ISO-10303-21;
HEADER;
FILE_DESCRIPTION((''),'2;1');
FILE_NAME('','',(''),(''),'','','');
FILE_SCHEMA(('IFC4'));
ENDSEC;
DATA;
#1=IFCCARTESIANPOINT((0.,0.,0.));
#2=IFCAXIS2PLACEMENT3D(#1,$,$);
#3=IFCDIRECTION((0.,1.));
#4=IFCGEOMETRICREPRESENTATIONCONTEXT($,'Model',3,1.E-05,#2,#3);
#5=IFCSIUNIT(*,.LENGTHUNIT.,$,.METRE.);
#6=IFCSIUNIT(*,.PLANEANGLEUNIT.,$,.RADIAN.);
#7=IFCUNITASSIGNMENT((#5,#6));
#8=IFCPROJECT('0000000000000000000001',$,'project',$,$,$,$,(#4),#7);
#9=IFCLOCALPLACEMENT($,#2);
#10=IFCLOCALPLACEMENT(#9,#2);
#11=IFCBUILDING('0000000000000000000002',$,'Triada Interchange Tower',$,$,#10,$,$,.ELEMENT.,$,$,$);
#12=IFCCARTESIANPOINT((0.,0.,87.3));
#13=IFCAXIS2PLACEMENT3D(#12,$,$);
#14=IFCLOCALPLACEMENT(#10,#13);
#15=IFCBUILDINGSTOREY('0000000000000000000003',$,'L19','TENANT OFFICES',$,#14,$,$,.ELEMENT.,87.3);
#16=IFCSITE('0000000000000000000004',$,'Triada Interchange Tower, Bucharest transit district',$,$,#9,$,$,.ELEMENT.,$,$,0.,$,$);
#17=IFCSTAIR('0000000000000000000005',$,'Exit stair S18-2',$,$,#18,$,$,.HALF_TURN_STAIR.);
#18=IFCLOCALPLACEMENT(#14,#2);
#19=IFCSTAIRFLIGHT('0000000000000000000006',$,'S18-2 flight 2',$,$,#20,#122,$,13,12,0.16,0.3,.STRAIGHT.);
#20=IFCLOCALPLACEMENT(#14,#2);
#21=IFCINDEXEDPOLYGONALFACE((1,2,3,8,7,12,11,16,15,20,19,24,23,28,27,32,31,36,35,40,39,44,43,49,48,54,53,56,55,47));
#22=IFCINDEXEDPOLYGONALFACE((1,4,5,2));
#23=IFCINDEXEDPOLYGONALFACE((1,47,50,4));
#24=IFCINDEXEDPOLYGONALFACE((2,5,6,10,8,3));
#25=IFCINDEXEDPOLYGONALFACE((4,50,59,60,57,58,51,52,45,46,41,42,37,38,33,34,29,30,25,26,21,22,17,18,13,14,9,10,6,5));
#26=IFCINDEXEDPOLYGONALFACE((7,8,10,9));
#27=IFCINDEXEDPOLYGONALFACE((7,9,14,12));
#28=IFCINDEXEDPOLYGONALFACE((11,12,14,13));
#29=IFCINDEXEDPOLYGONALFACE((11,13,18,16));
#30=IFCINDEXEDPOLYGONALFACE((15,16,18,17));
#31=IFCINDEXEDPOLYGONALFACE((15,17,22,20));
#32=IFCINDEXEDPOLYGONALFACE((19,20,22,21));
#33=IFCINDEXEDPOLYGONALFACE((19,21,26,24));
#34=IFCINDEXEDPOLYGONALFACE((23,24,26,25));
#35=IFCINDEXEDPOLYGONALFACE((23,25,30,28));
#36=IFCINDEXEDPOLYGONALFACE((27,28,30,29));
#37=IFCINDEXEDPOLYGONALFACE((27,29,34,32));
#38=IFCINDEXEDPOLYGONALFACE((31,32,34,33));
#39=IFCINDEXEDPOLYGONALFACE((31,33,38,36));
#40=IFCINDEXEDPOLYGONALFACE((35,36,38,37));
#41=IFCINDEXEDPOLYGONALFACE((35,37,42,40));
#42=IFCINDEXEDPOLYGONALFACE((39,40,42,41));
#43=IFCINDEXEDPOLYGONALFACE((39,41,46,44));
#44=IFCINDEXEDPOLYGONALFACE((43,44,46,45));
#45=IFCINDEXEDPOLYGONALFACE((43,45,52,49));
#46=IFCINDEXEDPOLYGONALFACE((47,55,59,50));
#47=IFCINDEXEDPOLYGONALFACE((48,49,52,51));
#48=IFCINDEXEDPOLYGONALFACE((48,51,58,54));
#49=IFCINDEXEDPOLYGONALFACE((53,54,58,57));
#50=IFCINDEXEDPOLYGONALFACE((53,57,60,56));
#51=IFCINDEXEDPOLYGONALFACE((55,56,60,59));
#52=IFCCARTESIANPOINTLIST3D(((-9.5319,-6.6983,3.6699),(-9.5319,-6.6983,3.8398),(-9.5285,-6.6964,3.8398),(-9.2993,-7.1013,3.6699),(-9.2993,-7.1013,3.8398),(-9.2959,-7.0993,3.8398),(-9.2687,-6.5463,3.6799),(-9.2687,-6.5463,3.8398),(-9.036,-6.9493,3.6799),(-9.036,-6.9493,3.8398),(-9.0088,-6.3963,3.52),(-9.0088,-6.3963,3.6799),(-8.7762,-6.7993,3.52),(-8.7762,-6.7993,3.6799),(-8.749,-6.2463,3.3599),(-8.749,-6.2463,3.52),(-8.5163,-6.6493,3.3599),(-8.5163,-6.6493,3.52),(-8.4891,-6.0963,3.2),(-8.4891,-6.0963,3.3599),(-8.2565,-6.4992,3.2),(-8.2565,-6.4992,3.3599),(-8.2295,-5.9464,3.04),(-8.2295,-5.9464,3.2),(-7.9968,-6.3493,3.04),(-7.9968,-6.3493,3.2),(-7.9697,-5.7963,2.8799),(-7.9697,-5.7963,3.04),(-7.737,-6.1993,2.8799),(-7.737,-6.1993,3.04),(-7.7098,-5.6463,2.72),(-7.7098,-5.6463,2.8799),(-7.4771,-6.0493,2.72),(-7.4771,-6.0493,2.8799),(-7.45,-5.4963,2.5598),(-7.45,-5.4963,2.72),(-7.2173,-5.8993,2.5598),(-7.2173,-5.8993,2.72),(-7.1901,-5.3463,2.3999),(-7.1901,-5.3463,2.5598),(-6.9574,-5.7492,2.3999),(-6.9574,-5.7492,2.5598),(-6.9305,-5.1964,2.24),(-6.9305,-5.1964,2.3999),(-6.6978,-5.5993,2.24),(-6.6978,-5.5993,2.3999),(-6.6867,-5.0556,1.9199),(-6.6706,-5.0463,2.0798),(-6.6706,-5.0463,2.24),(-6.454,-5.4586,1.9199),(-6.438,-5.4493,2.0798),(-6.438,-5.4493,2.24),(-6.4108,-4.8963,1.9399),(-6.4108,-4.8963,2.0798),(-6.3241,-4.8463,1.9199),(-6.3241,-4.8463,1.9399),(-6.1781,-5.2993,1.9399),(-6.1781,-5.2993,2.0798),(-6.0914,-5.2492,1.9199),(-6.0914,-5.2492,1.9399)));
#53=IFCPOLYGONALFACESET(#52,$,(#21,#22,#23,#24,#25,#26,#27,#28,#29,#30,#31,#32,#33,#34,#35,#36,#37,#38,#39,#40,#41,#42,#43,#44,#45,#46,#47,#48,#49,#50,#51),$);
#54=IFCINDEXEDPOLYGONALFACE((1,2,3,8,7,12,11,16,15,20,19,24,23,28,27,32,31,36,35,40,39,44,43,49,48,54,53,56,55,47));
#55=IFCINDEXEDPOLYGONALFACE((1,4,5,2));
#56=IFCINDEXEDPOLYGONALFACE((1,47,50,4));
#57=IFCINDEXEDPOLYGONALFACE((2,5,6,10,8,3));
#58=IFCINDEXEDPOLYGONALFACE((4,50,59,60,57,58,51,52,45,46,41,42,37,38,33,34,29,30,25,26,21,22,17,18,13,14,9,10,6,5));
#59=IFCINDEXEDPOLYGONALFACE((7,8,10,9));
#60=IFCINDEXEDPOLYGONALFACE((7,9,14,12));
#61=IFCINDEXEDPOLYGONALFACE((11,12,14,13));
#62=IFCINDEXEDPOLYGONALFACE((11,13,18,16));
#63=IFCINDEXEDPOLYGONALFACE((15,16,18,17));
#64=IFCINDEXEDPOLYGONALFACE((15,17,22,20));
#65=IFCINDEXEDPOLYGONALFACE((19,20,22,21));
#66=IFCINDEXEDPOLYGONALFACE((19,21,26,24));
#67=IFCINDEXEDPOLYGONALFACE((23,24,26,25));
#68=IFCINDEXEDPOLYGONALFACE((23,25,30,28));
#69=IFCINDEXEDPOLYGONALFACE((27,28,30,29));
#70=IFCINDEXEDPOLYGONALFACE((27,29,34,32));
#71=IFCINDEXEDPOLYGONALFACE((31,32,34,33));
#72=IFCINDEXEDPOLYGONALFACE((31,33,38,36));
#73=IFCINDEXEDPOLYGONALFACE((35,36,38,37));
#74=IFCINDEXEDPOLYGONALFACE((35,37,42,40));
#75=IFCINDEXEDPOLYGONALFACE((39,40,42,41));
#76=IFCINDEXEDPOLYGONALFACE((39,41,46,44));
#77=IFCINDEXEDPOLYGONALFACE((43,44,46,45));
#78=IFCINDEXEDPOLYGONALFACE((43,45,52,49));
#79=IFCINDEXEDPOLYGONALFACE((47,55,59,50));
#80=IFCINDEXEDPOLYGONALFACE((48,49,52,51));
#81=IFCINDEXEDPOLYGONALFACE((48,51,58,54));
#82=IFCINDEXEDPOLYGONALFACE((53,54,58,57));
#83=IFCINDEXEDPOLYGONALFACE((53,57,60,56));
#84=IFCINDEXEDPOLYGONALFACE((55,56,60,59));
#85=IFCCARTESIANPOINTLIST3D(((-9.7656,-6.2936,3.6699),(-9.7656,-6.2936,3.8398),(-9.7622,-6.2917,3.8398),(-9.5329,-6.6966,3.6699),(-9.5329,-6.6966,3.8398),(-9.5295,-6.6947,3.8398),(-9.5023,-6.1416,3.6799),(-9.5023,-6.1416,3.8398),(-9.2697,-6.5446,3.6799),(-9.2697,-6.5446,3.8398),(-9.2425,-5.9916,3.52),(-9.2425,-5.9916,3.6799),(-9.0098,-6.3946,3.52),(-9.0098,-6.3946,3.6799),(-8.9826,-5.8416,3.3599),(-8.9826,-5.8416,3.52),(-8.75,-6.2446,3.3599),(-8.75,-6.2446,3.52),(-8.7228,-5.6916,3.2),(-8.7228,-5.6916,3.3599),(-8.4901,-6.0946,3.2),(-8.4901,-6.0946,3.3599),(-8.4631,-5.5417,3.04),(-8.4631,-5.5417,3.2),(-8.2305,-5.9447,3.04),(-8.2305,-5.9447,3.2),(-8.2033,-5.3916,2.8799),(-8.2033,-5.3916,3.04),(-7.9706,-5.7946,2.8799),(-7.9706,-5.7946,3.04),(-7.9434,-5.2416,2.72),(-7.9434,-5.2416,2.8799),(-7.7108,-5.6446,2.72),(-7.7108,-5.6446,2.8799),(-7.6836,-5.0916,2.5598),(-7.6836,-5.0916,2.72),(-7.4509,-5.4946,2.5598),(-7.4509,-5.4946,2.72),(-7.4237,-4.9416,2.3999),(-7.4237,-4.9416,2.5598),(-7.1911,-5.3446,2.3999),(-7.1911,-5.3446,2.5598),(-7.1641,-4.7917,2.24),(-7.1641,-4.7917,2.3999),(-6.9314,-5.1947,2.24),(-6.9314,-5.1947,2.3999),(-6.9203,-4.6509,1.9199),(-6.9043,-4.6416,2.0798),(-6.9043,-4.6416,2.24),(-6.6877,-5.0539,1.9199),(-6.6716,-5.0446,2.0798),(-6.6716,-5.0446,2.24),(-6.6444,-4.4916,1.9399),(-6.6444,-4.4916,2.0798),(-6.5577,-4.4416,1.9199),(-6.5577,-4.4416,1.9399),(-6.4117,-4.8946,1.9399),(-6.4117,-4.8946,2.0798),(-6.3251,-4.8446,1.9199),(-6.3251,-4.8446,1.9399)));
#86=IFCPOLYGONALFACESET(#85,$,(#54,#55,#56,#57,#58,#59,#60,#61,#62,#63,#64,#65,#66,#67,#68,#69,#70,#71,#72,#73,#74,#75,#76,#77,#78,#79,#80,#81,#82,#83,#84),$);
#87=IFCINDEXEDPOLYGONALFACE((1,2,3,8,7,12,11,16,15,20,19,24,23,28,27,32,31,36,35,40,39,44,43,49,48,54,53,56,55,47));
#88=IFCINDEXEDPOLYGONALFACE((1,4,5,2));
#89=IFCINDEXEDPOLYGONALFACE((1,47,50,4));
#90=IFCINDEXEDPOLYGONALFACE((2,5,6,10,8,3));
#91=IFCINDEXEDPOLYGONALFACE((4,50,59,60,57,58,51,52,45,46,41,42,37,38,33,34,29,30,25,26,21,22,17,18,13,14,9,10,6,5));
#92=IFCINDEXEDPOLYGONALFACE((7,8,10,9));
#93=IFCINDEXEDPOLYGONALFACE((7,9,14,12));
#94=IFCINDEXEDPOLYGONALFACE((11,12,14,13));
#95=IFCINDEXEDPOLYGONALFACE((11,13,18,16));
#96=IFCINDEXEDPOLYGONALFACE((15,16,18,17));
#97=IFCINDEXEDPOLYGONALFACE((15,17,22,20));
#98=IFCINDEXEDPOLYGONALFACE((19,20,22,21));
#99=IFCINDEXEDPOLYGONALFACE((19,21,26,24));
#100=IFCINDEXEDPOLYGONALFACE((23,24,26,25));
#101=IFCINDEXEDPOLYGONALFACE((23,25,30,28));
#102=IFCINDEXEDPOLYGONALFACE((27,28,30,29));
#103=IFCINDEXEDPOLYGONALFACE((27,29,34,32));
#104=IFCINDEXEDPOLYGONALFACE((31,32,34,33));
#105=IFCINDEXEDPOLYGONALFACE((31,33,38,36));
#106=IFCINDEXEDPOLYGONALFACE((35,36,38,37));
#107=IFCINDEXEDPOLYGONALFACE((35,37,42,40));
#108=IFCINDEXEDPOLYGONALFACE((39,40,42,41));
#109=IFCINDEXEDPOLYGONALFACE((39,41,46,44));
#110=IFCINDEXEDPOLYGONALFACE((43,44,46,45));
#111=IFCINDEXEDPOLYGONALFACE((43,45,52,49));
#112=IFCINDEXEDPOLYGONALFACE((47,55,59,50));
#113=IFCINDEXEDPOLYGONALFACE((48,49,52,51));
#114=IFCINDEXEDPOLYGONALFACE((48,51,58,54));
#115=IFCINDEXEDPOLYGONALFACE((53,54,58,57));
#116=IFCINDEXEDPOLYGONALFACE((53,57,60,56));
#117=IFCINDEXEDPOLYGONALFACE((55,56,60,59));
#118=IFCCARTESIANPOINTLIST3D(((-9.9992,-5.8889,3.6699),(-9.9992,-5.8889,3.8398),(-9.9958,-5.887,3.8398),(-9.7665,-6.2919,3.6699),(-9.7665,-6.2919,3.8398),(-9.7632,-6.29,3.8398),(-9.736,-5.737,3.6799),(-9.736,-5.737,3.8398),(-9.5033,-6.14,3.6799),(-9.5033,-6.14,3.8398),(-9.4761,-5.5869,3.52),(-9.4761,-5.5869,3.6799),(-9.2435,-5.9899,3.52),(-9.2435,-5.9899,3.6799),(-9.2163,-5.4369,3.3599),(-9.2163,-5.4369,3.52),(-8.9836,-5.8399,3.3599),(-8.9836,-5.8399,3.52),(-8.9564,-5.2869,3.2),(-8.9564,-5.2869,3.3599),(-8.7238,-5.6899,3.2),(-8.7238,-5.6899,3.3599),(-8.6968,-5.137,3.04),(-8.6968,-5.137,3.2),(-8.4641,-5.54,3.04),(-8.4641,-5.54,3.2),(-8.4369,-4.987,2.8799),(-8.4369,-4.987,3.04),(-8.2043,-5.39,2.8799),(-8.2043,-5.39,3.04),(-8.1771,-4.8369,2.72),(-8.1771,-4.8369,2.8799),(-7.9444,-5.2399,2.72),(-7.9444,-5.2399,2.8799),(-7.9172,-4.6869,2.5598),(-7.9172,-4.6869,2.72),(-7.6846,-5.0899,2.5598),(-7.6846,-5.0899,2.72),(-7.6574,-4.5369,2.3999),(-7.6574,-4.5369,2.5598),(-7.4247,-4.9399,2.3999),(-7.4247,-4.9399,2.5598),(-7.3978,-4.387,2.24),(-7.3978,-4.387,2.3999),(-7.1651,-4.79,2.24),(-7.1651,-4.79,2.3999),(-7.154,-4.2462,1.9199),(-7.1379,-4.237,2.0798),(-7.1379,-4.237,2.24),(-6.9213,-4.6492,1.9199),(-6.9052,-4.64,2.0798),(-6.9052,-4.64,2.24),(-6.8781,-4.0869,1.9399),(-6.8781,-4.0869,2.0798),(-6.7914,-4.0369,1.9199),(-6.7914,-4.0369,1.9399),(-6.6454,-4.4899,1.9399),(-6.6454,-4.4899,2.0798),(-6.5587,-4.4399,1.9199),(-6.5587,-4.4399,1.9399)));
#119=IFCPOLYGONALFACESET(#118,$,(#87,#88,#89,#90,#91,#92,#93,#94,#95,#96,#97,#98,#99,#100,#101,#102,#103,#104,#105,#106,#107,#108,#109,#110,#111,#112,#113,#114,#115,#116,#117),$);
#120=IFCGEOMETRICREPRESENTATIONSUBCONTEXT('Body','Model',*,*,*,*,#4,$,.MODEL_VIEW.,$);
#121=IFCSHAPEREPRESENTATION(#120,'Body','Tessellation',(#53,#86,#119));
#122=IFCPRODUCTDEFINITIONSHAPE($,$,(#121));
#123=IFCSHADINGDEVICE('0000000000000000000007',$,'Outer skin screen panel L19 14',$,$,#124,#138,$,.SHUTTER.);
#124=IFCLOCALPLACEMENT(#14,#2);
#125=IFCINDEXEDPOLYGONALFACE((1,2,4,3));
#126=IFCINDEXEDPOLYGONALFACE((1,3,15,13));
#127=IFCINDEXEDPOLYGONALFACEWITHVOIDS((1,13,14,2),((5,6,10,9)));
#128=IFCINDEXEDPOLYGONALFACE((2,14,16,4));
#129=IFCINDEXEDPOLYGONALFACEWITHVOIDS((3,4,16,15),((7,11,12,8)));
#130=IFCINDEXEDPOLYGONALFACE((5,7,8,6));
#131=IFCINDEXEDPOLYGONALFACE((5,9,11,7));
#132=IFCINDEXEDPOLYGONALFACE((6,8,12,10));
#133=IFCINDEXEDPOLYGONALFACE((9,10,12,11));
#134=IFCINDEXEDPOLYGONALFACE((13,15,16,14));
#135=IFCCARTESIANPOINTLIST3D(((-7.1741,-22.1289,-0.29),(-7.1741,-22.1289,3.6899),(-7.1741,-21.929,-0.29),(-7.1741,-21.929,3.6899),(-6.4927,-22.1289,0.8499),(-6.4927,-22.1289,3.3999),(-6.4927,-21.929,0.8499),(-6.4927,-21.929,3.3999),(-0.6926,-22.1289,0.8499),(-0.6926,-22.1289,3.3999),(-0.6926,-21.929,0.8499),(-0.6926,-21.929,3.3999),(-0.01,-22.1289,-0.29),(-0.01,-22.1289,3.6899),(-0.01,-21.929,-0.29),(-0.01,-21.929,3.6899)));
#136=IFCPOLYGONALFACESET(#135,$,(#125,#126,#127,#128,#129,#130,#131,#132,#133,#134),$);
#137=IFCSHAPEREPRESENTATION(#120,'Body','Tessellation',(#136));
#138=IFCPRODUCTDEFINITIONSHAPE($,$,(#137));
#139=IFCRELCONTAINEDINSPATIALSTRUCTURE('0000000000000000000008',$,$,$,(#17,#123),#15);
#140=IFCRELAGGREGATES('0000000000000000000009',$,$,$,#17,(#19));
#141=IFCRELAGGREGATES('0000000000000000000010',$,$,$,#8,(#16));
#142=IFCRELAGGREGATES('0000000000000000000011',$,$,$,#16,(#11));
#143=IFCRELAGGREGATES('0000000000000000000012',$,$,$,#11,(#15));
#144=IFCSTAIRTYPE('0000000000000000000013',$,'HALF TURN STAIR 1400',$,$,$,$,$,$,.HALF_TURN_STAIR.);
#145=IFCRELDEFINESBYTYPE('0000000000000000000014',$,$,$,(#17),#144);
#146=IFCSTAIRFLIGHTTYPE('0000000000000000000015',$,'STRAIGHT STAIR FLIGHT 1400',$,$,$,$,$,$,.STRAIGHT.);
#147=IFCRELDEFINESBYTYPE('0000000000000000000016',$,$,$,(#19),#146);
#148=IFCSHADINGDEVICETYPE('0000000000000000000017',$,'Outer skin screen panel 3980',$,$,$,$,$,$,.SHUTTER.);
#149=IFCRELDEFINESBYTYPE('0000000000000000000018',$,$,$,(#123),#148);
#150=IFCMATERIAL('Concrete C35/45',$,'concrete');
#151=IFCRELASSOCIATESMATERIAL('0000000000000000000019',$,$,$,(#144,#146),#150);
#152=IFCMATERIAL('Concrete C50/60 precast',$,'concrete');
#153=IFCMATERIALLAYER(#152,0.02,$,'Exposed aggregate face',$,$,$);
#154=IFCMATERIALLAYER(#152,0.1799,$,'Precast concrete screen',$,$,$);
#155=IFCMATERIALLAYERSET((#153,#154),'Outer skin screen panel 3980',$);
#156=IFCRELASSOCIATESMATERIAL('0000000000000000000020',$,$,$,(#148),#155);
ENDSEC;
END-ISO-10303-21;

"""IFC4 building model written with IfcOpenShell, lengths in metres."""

from ifc_helpers import new_model, si_unit, direction, frame, origin, place, context, subcontext, project, spatial, polyline, outline, extrude, material, layer, layer_set, type_object, element, aggregate, save


model = new_model("IFC4")

# Units and contexts
model_context = context("Model", 3, precision=1e-05, world=origin(), true_north=direction((0.0, 1.0)))
body_context = subcontext(model_context, "Body", "Model", "MODEL_VIEW")
ifc_project = project(units=[si_unit("LENGTHUNIT", "METRE"), si_unit("PLANEANGLEUNIT", "RADIAN")], contexts=[model_context])

# Site, building, storey
site_placement = place(None, origin())
site = spatial("IfcSite", under=ifc_project, at=site_placement, Name="Triada Interchange Tower, Bucharest transit district", CompositionType="ELEMENT", RefElevation=0.0)
building_placement = place(site_placement, origin())
building = spatial("IfcBuilding", under=site, at=building_placement, Name="Triada Interchange Tower", CompositionType="ELEMENT")
storey_placement = place(building_placement, frame((0.0, 0.0, 87.3)))
storey = spatial("IfcBuildingStorey", under=building, at=storey_placement, Name="L19", Description="TENANT OFFICES", CompositionType="ELEMENT", Elevation=87.3)

# Stair, stair flight
ifc_material_1 = material(Name="Concrete C35/45", Category="concrete")
stair_type = type_object("IfcStairType", Name="HALF TURN STAIR 1400", PredefinedType="HALF_TURN_STAIR", material=ifc_material_1)
stair_placement = place(storey_placement, origin())
stair = element("IfcStair", 1, at=stair_placement, inside=storey, type_object=stair_type, Name="Exit stair S18-2", PredefinedType="HALF_TURN_STAIR")
stair_flight_type = type_object("IfcStairFlightType", Name="STRAIGHT STAIR FLIGHT 1400", PredefinedType="STRAIGHT", material=ifc_material_1)
stair_flight_1_placement = place(storey_placement, frame((-6.5281, -4.6931, 1.9199), z_axis=(0.0, 0.0, 1.0), x_axis=(-0.866025, -0.5, 0.0)))
stair_flight_1 = element("IfcStairFlight", 2, at=stair_flight_1_placement, type_object=stair_flight_type, Name="S18-2 flight 2", NumberOfRisers=13, NumberOfTreads=12, PredefinedType="STRAIGHT", RiserHeight=0.16, TreadLength=0.3, context=body_context, shape_type="SweptSolid", body=[
    extrude(outline(polyline([(-0.1001, 0.0), (-0.1001, 0.02), (0.0, 0.02), (0.0, 0.1599), (0.3, 0.1599), (0.3, 0.3201), (0.6001, 0.3201), (0.6001, 0.48), (0.8999, 0.48), (0.8999, 0.6399), (1.2, 0.6399), (1.2, 0.8), (1.5, 0.8), (1.5, 0.96), (1.8, 0.96), (1.8, 1.1201), (2.1001, 1.1201), (2.1001, 1.28), (2.3999, 1.28), (2.3999, 1.4399), (2.7, 1.4399), (2.7, 1.6001), (3.0, 1.6001), (3.0, 1.76), (3.3, 1.76), (3.3, 1.9199), (3.6001, 1.9199), (3.604, 1.9199), (3.604, 2.0801), (3.604, 1.75), (0.3186, 0.0), (-0.1001, 0.0)])), frame((0.0, 0.7, 0.0), z_axis=(0.0, -1.0, 0.0), x_axis=(1.0, 0.0, 0.0)), (0.0, 0.0, 1.0), 0.4653),
    extrude(outline(polyline([(-0.1001, 0.0), (-0.1001, 0.02), (0.0, 0.02), (0.0, 0.1599), (0.3, 0.1599), (0.3, 0.3201), (0.6001, 0.3201), (0.6001, 0.48), (0.8999, 0.48), (0.8999, 0.6399), (1.2, 0.6399), (1.2, 0.8), (1.5, 0.8), (1.5, 0.96), (1.8, 0.96), (1.8, 1.1201), (2.1001, 1.1201), (2.1001, 1.28), (2.3999, 1.28), (2.3999, 1.4399), (2.7, 1.4399), (2.7, 1.6001), (3.0, 1.6001), (3.0, 1.76), (3.3, 1.76), (3.3, 1.9199), (3.6001, 1.9199), (3.604, 1.9199), (3.604, 2.0801), (3.604, 1.75), (0.3186, 0.0), (-0.1001, 0.0)])), frame((0.0, 0.2327, 0.0), z_axis=(0.0, -1.0, 0.0), x_axis=(1.0, 0.0, 0.0)), (0.0, 0.0, 1.0), 0.4653),
    extrude(outline(polyline([(-0.1001, 0.0), (-0.1001, 0.02), (0.0, 0.02), (0.0, 0.1599), (0.3, 0.1599), (0.3, 0.3201), (0.6001, 0.3201), (0.6001, 0.48), (0.8999, 0.48), (0.8999, 0.6399), (1.2, 0.6399), (1.2, 0.8), (1.5, 0.8), (1.5, 0.96), (1.8, 0.96), (1.8, 1.1201), (2.1001, 1.1201), (2.1001, 1.28), (2.3999, 1.28), (2.3999, 1.4399), (2.7, 1.4399), (2.7, 1.6001), (3.0, 1.6001), (3.0, 1.76), (3.3, 1.76), (3.3, 1.9199), (3.6001, 1.9199), (3.604, 1.9199), (3.604, 2.0801), (3.604, 1.75), (0.3186, 0.0), (-0.1001, 0.0)])), frame((0.0, -0.2346, 0.0), z_axis=(0.0, -1.0, 0.0), x_axis=(1.0, 0.0, 0.0)), (0.0, 0.0, 1.0), 0.4653),
])

# Shading device
ifc_material_2 = material(Name="Concrete C50/60 precast", Category="concrete")
ifc_layer_1 = layer(ifc_material_2, 0.02, Name="Exposed aggregate face")
ifc_layer_2 = layer(ifc_material_2, 0.1799, Name="Precast concrete screen")
ifc_layer_set_1 = layer_set([ifc_layer_1, ifc_layer_2], Name="Outer skin screen panel 3980")
shading_device_type = type_object("IfcShadingDeviceType", Name="Outer skin screen panel 3980", PredefinedType="SHUTTER", material=ifc_layer_set_1)
shading_device_placement = place(storey_placement, frame((-7.1741, -21.929, -0.29), z_axis=(0.0, 0.0, 1.0), x_axis=(1.0, 0.0, 0.0)))
element("IfcShadingDevice", 3, at=shading_device_placement, inside=storey, type_object=shading_device_type, Name="Outer skin screen panel L19 14", PredefinedType="SHUTTER", context=body_context, shape_type="SweptSolid", body=[
    extrude(outline(polyline([(0.0, 0.0), (7.1641, 0.0), (7.1641, 3.98), (0.0, 3.98), (0.0, 0.0)]), holes=[polyline([(0.6814, 1.1399), (0.6814, 3.6899), (6.4814, 3.6899), (6.4814, 1.1399), (0.6814, 1.1399)])]), frame((0.0, 0.0, 0.0), z_axis=(0.0, -1.0, 0.0), x_axis=(1.0, 0.0, 0.0)), (0.0, 0.0, 1.0), 0.2),
])

aggregate(stair, [stair_flight_1])

save(model, "model.ifc")
